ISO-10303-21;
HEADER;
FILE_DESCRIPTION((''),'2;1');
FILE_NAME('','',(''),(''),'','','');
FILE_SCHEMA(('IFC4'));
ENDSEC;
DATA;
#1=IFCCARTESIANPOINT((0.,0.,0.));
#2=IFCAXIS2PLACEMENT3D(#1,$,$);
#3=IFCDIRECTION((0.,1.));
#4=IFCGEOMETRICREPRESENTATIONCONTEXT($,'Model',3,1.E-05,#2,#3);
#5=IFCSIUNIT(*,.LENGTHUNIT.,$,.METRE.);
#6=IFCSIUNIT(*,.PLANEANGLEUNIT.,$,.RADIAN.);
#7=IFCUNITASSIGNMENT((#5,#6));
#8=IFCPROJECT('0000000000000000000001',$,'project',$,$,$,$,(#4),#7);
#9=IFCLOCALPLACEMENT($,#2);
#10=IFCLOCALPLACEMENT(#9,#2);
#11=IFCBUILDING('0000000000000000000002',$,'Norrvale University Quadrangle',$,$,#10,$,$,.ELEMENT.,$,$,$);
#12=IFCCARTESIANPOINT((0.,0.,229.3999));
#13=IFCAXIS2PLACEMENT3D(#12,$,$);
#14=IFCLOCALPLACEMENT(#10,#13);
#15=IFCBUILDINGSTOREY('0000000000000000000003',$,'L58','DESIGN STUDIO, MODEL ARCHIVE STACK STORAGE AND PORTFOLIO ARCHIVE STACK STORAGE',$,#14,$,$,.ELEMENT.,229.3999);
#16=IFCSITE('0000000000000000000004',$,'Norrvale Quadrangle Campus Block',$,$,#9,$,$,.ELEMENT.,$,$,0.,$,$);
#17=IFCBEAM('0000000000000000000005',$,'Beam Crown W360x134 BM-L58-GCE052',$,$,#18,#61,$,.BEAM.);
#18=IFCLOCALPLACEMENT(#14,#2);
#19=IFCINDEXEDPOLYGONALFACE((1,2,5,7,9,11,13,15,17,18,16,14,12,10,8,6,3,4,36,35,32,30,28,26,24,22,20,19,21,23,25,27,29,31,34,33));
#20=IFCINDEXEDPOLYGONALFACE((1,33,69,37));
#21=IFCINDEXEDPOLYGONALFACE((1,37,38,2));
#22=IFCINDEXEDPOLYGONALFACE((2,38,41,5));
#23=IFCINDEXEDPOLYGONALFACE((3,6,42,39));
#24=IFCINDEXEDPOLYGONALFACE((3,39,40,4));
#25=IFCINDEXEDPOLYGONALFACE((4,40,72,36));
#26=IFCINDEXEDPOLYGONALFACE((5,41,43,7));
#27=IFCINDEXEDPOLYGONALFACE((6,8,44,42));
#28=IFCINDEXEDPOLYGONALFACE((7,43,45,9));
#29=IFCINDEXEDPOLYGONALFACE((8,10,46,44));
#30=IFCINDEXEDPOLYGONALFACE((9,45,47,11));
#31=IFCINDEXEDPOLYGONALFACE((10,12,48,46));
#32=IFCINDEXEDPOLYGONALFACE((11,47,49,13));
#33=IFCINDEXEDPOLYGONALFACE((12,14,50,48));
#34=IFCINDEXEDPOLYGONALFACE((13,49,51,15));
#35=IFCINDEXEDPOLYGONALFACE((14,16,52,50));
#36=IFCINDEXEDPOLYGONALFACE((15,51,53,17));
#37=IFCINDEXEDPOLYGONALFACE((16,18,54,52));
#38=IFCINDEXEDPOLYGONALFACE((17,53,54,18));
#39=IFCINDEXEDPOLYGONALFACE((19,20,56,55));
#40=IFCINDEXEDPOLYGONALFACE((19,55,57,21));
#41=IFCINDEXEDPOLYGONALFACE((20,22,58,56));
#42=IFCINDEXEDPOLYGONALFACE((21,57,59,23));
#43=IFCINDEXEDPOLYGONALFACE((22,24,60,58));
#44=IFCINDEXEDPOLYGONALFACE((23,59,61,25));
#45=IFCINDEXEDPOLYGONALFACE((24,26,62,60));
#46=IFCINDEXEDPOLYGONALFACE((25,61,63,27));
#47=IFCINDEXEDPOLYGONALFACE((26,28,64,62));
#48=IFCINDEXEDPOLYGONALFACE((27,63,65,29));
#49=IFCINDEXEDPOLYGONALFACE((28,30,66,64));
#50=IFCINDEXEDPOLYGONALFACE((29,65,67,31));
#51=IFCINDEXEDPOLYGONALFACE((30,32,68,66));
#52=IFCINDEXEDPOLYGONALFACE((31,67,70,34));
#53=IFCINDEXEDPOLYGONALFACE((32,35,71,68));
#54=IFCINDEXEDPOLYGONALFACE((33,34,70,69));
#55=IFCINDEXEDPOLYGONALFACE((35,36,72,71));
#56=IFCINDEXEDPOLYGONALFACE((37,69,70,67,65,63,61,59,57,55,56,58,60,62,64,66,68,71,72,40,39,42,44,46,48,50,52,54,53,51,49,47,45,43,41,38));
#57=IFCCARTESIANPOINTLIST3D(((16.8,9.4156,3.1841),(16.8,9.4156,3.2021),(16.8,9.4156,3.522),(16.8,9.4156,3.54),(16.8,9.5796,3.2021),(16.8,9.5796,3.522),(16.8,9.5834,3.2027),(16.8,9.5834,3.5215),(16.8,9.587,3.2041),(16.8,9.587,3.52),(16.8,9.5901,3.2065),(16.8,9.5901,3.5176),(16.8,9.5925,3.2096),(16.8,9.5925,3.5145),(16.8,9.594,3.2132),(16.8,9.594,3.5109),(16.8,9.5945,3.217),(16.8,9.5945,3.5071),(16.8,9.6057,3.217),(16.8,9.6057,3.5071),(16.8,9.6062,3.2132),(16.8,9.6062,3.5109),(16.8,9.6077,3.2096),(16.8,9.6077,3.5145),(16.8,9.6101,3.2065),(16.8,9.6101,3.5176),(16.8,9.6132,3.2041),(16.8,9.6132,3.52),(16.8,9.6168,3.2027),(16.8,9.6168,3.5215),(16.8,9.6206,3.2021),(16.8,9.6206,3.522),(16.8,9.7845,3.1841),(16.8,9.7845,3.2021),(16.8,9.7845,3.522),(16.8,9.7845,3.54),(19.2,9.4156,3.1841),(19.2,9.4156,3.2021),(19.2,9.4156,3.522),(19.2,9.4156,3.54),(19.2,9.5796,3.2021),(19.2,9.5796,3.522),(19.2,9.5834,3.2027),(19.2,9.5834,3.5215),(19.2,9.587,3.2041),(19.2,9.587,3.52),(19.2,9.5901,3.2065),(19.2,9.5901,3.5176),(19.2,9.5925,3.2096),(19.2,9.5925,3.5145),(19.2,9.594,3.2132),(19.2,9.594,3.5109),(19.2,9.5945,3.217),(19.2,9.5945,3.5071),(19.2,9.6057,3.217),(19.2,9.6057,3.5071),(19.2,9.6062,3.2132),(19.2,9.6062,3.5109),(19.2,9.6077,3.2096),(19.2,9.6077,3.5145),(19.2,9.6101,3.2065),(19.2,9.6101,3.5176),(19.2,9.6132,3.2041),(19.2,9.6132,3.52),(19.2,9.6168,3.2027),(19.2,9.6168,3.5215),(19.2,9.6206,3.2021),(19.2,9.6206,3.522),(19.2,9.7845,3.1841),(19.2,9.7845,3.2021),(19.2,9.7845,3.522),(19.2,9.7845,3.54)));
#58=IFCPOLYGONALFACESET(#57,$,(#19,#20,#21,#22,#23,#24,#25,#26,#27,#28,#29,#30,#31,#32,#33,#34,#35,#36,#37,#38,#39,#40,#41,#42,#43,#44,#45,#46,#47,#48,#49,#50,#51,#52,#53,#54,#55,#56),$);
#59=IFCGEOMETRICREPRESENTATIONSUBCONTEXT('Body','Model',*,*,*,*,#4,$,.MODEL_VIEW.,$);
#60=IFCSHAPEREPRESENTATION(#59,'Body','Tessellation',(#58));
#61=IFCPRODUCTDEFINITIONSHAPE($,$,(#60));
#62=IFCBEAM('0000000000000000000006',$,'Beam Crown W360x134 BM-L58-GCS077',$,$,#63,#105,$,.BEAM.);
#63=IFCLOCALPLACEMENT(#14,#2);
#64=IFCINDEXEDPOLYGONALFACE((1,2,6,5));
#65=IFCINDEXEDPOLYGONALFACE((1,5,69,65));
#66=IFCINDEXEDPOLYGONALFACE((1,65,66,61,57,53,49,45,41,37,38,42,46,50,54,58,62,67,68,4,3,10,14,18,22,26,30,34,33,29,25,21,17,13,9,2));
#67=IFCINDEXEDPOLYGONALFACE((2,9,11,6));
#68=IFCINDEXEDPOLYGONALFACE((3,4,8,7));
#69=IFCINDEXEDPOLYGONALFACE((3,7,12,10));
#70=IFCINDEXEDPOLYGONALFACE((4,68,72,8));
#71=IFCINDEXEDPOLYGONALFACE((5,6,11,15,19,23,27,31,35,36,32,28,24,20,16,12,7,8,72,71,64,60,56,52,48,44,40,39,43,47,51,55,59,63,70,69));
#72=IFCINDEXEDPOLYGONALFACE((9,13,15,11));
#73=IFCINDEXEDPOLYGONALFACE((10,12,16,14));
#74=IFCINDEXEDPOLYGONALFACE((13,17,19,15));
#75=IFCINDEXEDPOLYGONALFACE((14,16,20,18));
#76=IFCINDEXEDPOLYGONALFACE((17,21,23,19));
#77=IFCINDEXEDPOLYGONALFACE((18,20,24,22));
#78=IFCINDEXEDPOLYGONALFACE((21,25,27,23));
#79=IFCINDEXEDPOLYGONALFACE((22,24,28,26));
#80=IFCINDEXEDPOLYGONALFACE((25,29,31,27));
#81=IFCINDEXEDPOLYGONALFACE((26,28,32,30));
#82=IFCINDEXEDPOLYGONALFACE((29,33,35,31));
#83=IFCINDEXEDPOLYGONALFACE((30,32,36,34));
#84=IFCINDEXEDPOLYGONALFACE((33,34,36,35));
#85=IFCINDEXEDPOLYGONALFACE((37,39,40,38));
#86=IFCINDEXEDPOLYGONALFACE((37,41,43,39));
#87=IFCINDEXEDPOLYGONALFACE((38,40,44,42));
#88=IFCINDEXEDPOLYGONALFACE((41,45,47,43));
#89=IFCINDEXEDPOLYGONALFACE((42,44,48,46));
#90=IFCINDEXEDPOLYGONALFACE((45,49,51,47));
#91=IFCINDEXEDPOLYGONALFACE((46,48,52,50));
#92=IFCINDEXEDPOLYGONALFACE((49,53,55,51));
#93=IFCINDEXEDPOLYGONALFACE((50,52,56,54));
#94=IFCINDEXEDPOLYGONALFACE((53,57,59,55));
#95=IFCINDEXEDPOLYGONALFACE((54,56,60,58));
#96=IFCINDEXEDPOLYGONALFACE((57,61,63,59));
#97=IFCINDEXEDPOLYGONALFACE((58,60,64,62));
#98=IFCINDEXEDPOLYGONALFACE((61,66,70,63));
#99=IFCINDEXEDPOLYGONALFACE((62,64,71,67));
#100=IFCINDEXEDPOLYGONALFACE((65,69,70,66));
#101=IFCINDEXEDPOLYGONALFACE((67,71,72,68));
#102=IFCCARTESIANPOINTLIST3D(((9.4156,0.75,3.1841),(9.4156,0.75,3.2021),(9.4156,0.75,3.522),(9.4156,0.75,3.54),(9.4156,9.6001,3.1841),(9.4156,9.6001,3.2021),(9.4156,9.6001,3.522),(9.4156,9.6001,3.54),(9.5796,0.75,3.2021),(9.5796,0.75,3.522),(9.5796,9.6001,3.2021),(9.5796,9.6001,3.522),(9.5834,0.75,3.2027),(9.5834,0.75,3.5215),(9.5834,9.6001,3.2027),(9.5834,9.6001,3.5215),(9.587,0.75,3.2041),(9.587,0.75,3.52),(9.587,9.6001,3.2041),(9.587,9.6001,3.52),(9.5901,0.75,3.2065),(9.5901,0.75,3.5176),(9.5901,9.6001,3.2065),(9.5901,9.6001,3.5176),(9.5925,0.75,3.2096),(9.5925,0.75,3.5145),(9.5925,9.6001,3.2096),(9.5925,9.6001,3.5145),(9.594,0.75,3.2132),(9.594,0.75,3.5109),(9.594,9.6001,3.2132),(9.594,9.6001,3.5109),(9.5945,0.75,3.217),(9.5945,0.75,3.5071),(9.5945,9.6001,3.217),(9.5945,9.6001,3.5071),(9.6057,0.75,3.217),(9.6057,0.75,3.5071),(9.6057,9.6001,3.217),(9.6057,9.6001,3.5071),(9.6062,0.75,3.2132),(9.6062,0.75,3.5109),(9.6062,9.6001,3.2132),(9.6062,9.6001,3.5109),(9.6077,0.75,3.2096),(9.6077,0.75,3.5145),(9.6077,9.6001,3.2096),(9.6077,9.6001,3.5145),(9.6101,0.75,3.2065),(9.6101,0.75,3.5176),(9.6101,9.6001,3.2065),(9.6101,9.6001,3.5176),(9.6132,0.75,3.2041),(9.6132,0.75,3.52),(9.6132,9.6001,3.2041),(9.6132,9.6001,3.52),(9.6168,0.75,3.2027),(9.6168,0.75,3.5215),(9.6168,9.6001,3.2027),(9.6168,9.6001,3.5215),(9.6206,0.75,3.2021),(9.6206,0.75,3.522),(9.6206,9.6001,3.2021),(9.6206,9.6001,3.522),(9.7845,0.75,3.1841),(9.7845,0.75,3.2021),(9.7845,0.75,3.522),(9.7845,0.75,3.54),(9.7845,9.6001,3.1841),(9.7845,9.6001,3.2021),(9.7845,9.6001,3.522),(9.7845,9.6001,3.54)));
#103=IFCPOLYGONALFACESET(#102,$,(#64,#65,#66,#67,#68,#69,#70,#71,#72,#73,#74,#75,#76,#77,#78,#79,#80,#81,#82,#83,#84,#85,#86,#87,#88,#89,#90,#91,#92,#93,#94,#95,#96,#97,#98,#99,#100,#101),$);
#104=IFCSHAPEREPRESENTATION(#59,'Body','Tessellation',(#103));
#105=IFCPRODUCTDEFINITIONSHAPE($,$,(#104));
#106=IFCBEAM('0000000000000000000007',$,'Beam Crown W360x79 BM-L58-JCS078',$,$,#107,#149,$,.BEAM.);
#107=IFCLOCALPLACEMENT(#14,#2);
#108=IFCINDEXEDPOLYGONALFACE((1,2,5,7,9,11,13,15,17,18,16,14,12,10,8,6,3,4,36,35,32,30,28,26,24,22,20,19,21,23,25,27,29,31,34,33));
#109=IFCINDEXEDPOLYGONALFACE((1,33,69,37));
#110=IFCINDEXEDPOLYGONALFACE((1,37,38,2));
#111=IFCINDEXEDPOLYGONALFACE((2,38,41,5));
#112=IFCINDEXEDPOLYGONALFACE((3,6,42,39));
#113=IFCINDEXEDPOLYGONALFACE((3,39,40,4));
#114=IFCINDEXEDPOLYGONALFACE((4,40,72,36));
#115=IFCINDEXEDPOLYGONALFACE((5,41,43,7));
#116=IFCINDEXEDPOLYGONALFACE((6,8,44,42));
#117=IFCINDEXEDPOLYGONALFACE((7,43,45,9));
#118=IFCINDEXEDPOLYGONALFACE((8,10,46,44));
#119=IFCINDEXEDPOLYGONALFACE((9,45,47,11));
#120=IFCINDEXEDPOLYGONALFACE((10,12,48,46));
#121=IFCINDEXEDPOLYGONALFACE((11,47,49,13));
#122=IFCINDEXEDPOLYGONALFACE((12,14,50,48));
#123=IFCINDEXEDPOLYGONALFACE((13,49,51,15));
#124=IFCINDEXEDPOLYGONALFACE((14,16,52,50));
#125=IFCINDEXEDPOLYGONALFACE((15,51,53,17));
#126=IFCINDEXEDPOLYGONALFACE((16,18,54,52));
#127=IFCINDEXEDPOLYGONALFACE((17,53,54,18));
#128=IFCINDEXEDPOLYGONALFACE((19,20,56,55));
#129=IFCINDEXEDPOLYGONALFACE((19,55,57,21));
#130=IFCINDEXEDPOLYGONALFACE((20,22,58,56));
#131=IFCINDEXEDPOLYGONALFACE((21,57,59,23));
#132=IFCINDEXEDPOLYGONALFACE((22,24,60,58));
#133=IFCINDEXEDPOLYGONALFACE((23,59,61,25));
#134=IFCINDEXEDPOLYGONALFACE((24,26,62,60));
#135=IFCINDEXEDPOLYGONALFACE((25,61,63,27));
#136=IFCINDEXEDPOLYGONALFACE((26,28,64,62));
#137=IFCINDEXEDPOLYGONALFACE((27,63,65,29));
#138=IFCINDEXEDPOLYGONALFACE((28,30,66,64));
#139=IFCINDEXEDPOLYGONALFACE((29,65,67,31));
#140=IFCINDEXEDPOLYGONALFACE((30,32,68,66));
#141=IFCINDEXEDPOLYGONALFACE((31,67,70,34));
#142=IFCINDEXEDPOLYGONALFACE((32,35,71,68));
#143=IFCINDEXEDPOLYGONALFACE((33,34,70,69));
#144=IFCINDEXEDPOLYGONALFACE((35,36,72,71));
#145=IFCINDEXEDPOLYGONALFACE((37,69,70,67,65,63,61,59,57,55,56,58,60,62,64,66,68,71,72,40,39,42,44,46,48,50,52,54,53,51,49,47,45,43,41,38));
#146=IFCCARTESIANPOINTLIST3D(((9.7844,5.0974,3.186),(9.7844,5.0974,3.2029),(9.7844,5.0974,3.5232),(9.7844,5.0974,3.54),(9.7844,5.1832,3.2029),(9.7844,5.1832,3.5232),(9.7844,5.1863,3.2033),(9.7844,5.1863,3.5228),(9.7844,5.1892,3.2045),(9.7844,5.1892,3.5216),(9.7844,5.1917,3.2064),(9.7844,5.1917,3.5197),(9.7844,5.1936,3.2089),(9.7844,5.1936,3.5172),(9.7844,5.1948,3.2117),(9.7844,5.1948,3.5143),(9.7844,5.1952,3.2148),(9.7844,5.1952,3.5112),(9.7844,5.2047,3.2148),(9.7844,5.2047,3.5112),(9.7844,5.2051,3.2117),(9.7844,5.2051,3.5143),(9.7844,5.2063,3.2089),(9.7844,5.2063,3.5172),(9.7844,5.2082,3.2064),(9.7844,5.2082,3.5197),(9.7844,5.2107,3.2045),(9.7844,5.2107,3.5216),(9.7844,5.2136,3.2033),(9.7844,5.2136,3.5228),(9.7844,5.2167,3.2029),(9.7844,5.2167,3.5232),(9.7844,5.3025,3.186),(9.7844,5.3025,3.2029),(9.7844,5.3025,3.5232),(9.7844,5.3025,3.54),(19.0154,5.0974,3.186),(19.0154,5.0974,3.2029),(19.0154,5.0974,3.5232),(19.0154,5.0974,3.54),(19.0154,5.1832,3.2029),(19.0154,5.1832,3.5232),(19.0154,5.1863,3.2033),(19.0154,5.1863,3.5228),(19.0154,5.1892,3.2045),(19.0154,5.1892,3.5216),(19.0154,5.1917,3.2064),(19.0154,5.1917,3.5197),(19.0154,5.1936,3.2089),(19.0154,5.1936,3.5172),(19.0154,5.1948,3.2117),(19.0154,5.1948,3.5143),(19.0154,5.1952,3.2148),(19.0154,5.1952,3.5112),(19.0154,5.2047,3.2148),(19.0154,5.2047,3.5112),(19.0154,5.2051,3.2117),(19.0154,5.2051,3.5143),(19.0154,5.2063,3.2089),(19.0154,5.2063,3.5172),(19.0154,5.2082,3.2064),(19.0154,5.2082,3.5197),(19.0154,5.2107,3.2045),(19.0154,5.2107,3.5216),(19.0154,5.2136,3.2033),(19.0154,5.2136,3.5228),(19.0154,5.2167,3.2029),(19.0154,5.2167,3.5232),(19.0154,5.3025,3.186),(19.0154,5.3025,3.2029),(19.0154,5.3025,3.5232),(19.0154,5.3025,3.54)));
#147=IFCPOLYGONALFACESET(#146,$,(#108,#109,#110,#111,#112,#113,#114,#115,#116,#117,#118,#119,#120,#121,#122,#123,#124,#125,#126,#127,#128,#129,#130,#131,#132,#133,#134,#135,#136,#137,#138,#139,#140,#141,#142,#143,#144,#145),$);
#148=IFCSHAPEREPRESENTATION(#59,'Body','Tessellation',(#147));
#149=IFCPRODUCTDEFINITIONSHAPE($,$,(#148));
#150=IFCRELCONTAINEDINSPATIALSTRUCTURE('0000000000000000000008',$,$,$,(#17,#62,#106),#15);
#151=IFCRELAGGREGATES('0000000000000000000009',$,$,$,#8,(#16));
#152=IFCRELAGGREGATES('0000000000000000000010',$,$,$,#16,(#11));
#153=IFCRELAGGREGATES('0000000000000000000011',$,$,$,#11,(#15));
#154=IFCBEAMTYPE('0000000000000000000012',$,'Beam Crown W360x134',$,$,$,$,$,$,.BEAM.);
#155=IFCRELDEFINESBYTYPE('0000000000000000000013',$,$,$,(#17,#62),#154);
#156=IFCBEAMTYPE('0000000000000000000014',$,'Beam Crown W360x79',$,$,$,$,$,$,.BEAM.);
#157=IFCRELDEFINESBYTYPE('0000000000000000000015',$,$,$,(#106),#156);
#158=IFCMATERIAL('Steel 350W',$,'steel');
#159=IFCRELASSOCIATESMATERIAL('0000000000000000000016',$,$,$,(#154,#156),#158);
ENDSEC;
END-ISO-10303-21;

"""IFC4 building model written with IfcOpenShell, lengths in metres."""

from ifc_helpers import new_model, si_unit, direction, frame, origin, origin_2d, place, context, subcontext, project, spatial, i_section, extrude, material, material_profile, profile_set, type_object, element, save


model = new_model("IFC4")

# Units and contexts
model_context = context("Model", 3, precision=1e-05, world=origin(), true_north=direction((0.0, 1.0)))
body_context = subcontext(model_context, "Body", "Model", "MODEL_VIEW")
ifc_project = project(units=[si_unit("LENGTHUNIT", "METRE"), si_unit("PLANEANGLEUNIT", "RADIAN")], contexts=[model_context])

# Site, building, storey
site_placement = place(None, origin())
site = spatial("IfcSite", under=ifc_project, at=site_placement, Name="Norrvale Quadrangle Campus Block", CompositionType="ELEMENT", RefElevation=0.0)
building_placement = place(site_placement, origin())
building = spatial("IfcBuilding", under=site, at=building_placement, Name="Norrvale University Quadrangle", CompositionType="ELEMENT")
storey_placement = place(building_placement, frame((0.0, 0.0, 229.3999)))
storey = spatial("IfcBuildingStorey", under=building, at=storey_placement, Name="L58", Description="DESIGN STUDIO, MODEL ARCHIVE STACK STORAGE AND PORTFOLIO ARCHIVE STACK STORAGE", CompositionType="ELEMENT", Elevation=229.3999)

# Beams
ifc_material_1 = material(Name="Steel 350W", Category="steel")
ifc_material_profile_1 = material_profile(ifc_material_1, i_section(OverallWidth=0.3689, OverallDepth=0.356, WebThickness=0.0112, FlangeThickness=0.0181, FilletRadius=0.0149, at=origin_2d()), Name="Steel 350W")
ifc_profile_set_1 = profile_set([ifc_material_profile_1], Name="Steel 350W")
beam_type_1 = type_object("IfcBeamType", Name="Beam Crown W360x134", PredefinedType="BEAM", material=ifc_profile_set_1)
beam_1_placement = place(storey_placement, frame((16.8, 9.6001, 3.3621), z_axis=(1.0, 0.0, 0.0), x_axis=(0.0, 1.0, 0.0)))
element("IfcBeam", 1, at=beam_1_placement, inside=storey, type_object=beam_type_1, Name="Beam Crown W360x134 BM-L58-GCE052", PredefinedType="BEAM", context=body_context, shape_type="SweptSolid", body=[
    extrude(i_section(OverallWidth=0.3689, OverallDepth=0.356, WebThickness=0.0112, FlangeThickness=0.0181, FilletRadius=0.0149, at=origin_2d()), origin(), (0.0, 0.0, 1.0), 2.3999),
])
beam_2_placement = place(storey_placement, frame((9.6001, 0.75, 3.3621), z_axis=(0.0, 1.0, 0.0), x_axis=(-1.0, 0.0, 0.0)))
element("IfcBeam", 2, at=beam_2_placement, inside=storey, type_object=beam_type_1, Name="Beam Crown W360x134 BM-L58-GCS077", PredefinedType="BEAM", context=body_context, shape_type="SweptSolid", body=[
    extrude(i_section(OverallWidth=0.3689, OverallDepth=0.356, WebThickness=0.0112, FlangeThickness=0.0181, FilletRadius=0.0149, at=origin_2d()), origin(), (0.0, 0.0, 1.0), 8.8501),
])
ifc_material_profile_2 = material_profile(ifc_material_1, i_section(OverallWidth=0.2051, OverallDepth=0.354, WebThickness=0.0095, FlangeThickness=0.0168, FilletRadius=0.012, at=origin_2d()), Name="Steel 350W")
ifc_profile_set_2 = profile_set([ifc_material_profile_2], Name="Steel 350W")
beam_type_2 = type_object("IfcBeamType", Name="Beam Crown W360x79", PredefinedType="BEAM", material=ifc_profile_set_2)
beam_3_placement = place(storey_placement, frame((9.7844, 5.2, 3.363), z_axis=(1.0, 0.0, 0.0), x_axis=(0.0, 1.0, 0.0)))
element("IfcBeam", 3, at=beam_3_placement, inside=storey, type_object=beam_type_2, Name="Beam Crown W360x79 BM-L58-JCS078", PredefinedType="BEAM", context=body_context, shape_type="SweptSolid", body=[
    extrude(i_section(OverallWidth=0.2051, OverallDepth=0.354, WebThickness=0.0095, FlangeThickness=0.0168, FilletRadius=0.012, at=origin_2d()), origin(), (0.0, 0.0, 1.0), 9.231),
])

save(model, "model.ifc")
